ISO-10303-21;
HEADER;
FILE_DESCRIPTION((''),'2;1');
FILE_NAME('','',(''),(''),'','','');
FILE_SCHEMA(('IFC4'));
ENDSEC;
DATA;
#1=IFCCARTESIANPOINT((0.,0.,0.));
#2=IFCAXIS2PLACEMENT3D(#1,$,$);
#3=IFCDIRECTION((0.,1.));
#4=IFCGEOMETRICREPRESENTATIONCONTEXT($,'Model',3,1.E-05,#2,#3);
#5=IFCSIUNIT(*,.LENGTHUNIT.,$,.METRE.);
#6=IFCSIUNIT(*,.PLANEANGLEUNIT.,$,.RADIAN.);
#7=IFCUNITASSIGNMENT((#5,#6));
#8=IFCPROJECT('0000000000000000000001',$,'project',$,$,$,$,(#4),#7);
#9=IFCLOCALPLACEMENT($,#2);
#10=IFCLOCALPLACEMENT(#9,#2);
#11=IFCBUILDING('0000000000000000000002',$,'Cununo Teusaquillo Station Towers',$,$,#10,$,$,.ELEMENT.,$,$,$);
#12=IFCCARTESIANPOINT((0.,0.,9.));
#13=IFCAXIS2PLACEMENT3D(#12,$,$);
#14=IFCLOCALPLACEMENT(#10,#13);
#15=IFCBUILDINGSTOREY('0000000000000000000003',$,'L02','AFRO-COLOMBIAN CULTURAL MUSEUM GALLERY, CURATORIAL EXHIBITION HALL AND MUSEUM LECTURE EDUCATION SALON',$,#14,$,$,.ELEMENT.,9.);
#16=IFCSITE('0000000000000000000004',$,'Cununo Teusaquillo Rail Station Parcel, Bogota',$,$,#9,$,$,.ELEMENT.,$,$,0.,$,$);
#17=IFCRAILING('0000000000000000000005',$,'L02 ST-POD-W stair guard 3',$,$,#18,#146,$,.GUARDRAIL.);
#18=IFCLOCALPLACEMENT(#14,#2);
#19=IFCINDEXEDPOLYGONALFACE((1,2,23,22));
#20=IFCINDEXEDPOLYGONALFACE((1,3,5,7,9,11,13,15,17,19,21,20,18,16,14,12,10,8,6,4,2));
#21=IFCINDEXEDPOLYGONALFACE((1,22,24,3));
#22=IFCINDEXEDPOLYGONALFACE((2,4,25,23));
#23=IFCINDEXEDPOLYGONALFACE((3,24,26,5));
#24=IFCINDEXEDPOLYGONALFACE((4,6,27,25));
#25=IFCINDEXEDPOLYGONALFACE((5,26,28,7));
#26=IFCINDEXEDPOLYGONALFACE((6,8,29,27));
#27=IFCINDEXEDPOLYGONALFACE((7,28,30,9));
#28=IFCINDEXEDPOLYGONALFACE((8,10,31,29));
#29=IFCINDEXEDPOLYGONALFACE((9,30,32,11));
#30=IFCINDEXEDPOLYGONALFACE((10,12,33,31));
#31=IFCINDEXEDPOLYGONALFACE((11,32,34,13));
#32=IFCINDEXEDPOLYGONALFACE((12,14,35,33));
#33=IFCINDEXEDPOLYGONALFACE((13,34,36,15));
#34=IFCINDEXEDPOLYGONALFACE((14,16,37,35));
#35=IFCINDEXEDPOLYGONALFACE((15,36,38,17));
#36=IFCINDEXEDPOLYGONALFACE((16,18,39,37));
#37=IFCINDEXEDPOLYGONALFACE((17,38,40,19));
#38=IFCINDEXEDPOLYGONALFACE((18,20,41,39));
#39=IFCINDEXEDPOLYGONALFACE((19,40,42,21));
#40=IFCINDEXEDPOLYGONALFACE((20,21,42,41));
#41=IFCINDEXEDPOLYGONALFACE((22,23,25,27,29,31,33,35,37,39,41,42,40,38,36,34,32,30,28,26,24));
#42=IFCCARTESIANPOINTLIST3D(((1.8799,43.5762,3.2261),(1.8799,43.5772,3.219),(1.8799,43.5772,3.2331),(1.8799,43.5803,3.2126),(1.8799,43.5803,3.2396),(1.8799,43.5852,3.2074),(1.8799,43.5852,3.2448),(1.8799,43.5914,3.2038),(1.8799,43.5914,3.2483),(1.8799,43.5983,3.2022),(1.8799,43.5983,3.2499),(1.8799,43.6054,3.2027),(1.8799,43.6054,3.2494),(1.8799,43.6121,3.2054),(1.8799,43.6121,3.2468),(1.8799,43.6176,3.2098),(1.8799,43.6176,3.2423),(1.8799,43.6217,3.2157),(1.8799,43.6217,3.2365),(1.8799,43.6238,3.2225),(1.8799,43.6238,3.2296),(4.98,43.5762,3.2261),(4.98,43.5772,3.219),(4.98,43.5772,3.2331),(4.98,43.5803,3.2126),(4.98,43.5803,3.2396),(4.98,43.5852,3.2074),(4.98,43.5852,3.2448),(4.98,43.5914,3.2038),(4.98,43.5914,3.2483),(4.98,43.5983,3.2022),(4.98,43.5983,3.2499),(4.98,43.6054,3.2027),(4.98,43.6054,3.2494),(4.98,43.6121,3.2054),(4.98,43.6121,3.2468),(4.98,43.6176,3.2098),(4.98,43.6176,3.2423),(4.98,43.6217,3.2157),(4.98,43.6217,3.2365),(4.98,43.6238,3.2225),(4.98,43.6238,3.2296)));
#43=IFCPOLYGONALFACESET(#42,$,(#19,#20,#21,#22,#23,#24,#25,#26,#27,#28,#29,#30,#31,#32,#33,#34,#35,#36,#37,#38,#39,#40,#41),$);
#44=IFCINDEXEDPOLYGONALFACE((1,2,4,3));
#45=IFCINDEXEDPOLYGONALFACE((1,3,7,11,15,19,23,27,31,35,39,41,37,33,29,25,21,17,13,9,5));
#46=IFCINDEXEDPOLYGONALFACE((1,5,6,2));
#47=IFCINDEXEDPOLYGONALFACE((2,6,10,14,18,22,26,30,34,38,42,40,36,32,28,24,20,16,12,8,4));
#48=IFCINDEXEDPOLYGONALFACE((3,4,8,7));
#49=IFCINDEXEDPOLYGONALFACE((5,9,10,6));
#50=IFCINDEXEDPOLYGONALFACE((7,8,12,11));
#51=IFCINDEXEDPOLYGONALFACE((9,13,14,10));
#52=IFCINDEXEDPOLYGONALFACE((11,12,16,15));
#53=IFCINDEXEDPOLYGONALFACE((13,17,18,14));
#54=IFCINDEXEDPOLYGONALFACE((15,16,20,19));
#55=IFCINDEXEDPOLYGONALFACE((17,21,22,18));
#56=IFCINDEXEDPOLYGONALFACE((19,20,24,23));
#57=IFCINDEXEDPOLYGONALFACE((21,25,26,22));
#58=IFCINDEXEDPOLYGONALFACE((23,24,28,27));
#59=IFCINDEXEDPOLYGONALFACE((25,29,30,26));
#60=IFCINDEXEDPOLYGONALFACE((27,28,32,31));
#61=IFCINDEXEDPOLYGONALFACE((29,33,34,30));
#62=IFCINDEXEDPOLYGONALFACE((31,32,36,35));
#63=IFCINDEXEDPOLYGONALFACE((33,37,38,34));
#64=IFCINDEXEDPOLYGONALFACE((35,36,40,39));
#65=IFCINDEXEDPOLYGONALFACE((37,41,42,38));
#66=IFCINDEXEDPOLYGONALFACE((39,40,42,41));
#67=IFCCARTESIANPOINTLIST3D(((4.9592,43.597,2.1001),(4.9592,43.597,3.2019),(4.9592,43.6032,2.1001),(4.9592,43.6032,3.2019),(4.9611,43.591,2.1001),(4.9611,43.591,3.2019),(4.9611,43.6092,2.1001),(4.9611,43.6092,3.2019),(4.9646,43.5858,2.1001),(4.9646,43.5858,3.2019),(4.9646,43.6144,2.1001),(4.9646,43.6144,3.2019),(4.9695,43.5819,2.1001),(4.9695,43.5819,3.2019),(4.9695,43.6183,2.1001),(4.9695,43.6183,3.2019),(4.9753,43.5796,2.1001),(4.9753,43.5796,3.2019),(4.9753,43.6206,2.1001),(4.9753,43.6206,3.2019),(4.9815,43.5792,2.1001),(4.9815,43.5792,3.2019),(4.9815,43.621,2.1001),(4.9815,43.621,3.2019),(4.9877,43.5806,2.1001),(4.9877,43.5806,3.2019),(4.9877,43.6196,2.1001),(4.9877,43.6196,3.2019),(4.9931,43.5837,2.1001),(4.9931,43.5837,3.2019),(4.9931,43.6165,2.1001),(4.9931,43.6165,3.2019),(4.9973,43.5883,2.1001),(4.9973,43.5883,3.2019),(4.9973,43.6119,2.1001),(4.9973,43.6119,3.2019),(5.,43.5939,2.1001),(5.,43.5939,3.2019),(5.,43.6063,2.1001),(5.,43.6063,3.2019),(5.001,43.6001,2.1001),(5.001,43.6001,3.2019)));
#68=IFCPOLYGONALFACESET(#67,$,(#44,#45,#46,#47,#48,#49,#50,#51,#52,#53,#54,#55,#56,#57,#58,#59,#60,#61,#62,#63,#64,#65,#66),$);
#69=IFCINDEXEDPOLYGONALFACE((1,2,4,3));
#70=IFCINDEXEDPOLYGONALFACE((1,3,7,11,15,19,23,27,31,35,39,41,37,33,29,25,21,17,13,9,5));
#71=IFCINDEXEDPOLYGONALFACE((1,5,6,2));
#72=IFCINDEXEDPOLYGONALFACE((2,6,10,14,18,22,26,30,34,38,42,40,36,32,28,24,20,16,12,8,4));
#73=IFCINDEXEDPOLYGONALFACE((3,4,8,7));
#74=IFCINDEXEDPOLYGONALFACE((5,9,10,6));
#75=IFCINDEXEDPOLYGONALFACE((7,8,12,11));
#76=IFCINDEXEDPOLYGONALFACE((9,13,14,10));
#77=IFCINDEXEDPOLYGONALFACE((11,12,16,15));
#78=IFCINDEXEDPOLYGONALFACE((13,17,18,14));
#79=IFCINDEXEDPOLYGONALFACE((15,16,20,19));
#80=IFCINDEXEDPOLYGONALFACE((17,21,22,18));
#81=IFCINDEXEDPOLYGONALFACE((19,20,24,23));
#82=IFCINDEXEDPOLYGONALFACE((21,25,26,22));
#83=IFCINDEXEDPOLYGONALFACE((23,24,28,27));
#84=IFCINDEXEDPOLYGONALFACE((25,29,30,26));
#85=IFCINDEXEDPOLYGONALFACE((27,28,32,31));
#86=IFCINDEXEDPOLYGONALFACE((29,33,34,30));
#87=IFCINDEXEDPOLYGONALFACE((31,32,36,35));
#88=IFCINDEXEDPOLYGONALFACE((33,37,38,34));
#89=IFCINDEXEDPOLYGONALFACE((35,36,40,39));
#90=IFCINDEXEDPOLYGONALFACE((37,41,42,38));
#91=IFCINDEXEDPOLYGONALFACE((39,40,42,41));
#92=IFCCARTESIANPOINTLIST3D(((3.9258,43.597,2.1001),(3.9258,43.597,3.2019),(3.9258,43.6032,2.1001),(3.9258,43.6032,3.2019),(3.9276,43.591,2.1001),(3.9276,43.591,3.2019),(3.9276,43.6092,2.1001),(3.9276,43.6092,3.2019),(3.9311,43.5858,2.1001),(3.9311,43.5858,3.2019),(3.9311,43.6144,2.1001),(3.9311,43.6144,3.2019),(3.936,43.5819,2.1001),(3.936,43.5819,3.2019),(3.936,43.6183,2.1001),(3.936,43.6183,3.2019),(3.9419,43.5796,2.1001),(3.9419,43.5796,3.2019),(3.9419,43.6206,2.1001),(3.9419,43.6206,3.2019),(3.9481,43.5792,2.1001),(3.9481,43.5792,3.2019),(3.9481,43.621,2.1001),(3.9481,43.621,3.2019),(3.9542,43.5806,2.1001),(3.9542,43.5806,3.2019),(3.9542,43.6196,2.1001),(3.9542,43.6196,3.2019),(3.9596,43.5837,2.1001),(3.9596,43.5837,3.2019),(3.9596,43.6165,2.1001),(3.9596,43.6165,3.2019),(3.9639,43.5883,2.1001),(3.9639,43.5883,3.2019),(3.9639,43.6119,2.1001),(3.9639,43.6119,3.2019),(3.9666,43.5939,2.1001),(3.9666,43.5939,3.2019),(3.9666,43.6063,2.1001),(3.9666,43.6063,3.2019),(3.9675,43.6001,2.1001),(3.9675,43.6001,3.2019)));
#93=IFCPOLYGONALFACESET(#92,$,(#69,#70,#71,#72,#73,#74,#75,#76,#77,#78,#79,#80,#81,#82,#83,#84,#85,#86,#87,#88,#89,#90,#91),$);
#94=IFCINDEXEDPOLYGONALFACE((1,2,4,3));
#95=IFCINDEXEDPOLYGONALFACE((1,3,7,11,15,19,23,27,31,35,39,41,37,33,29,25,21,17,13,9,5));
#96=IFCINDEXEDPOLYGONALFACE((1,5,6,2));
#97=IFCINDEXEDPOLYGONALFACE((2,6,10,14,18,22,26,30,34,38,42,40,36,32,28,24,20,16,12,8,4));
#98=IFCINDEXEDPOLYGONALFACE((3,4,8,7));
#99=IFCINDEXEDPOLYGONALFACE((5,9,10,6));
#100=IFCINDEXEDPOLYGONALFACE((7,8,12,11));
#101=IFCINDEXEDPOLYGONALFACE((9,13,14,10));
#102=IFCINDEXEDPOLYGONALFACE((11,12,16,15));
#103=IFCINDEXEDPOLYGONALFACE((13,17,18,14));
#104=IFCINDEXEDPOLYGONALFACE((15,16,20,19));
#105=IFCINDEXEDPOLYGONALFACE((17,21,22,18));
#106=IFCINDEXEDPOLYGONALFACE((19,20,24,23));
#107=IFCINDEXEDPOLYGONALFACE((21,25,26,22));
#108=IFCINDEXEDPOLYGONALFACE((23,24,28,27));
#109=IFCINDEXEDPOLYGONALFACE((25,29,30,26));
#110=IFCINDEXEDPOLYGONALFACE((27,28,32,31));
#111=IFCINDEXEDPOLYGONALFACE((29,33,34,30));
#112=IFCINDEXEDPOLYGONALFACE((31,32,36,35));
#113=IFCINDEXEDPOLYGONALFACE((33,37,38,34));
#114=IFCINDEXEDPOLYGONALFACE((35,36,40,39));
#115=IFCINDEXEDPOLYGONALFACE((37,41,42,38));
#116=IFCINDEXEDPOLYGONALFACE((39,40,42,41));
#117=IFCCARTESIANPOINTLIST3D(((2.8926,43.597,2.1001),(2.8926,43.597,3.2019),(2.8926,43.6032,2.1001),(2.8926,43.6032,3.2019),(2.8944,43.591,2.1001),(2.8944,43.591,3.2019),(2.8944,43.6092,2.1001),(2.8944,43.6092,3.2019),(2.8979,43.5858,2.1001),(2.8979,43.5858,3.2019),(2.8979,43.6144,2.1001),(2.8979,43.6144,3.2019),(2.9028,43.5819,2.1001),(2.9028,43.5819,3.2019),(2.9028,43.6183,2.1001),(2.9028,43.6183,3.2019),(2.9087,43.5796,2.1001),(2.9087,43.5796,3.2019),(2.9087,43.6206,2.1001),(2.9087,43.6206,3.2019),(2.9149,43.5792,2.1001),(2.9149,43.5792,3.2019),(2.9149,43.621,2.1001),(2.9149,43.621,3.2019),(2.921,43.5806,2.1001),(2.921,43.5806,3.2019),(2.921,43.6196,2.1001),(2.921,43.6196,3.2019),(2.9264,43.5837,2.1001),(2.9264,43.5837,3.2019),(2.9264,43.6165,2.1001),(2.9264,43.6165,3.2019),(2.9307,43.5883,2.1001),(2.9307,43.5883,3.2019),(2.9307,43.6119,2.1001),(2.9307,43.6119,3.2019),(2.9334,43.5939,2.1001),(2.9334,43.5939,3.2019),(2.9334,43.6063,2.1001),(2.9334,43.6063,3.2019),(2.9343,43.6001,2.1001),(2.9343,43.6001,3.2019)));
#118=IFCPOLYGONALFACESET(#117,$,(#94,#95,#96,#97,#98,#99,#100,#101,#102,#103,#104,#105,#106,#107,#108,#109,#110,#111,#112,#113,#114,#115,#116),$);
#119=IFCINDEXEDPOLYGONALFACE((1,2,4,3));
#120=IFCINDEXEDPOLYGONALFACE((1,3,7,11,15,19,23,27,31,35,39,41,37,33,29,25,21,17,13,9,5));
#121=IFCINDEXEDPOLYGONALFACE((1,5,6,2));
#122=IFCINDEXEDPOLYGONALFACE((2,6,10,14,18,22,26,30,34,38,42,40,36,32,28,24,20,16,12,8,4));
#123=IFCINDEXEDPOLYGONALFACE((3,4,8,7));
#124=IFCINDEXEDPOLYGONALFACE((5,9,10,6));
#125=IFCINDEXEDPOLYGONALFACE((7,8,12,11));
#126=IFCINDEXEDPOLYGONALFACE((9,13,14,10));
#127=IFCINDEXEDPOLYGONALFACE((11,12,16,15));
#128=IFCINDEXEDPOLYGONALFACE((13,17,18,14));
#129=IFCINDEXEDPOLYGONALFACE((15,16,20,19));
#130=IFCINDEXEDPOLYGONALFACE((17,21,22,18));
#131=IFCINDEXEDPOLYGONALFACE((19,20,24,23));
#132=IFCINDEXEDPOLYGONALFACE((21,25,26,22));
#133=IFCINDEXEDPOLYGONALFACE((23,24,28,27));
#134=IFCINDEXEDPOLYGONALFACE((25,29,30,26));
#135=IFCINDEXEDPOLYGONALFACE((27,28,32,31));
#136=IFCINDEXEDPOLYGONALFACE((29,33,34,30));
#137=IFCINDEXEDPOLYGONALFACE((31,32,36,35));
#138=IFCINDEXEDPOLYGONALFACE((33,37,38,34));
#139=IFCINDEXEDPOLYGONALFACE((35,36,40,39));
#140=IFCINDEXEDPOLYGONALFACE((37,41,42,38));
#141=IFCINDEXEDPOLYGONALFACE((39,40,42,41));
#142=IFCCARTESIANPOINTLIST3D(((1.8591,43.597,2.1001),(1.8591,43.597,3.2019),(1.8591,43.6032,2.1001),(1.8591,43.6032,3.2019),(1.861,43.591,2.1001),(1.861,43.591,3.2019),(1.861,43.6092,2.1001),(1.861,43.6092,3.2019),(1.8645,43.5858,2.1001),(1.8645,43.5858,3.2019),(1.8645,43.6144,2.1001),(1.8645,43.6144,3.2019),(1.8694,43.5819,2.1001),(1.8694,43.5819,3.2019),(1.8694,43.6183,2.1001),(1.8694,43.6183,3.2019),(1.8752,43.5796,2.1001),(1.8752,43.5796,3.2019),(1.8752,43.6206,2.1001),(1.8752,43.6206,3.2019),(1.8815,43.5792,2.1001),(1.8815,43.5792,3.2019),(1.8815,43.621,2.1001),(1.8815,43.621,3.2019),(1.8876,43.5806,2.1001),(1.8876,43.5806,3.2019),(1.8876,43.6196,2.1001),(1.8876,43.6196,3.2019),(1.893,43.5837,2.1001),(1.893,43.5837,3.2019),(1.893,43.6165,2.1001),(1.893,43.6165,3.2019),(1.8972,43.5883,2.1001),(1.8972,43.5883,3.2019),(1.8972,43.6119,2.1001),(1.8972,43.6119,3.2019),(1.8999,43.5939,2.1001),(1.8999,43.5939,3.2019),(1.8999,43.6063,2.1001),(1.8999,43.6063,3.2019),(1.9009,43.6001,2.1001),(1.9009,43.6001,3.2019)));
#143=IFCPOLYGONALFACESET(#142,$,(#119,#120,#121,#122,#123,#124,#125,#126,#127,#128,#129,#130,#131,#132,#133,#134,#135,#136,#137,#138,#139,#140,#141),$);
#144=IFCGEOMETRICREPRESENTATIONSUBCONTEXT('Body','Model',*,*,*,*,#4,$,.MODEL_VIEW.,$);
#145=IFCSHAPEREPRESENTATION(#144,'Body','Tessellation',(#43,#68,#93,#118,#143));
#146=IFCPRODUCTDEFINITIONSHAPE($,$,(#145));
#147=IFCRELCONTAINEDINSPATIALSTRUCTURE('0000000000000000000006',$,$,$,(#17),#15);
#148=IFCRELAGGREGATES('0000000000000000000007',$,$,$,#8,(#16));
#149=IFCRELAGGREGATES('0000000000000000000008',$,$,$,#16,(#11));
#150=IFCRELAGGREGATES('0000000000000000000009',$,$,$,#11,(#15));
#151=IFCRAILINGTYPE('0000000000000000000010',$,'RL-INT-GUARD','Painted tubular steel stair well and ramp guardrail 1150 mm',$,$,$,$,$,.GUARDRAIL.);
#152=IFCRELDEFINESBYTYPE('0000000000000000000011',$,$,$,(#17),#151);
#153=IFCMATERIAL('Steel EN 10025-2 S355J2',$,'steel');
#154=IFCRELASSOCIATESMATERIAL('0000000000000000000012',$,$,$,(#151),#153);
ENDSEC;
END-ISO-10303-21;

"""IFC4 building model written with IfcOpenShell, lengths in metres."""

from ifc_helpers import new_model, si_unit, direction, frame, origin, origin_2d, place, context, subcontext, project, spatial, circle, extrude, material, type_object, element, save


model = new_model("IFC4")

# Units and contexts
model_context = context("Model", 3, precision=1e-05, world=origin(), true_north=direction((0.0, 1.0)))
body_context = subcontext(model_context, "Body", "Model", "MODEL_VIEW")
ifc_project = project(units=[si_unit("LENGTHUNIT", "METRE"), si_unit("PLANEANGLEUNIT", "RADIAN")], contexts=[model_context])

# Site, building, storey
site_placement = place(None, origin())
site = spatial("IfcSite", under=ifc_project, at=site_placement, Name="Cununo Teusaquillo Rail Station Parcel, Bogota", CompositionType="ELEMENT", RefElevation=0.0)
building_placement = place(site_placement, origin())
building = spatial("IfcBuilding", under=site, at=building_placement, Name="Cununo Teusaquillo Station Towers", CompositionType="ELEMENT")
storey_placement = place(building_placement, frame((0.0, 0.0, 9.0)))
storey = spatial("IfcBuildingStorey", under=building, at=storey_placement, Name="L02", Description="AFRO-COLOMBIAN CULTURAL MUSEUM GALLERY, CURATORIAL EXHIBITION HALL AND MUSEUM LECTURE EDUCATION SALON", CompositionType="ELEMENT", Elevation=9.0)

# Railing
ifc_material_1 = material(Name="Steel EN 10025-2 S355J2", Category="steel")
railing_type_1 = type_object("IfcRailingType", Name="RL-INT-GUARD", Description="Painted tubular steel stair well and ramp guardrail 1150 mm", PredefinedType="GUARDRAIL", material=ifc_material_1)
railing_1_placement = place(storey_placement, frame((4.98, 43.6001, 2.1001)))
element("IfcRailing", 1, at=railing_1_placement, inside=storey, type_object=railing_type_1, Name="L02 ST-POD-W stair guard 3", PredefinedType="GUARDRAIL", context=body_context, shape_type="SweptSolid", body=[
    extrude(circle(Radius=0.0239, at=origin_2d()), frame((0.0, 0.0, 1.126), z_axis=(-1.0, 0.0, 0.0), x_axis=(0.0, -1.0, 0.0)), (0.0, 0.0, 1.0), 3.1001),
    extrude(circle(Radius=0.021, at=origin_2d()), origin(), (0.0, 0.0, 1.0), 1.1018),
    extrude(circle(Radius=0.021, at=origin_2d()), frame((-1.0334, 0.0, 0.0)), (0.0, 0.0, 1.0), 1.1018),
    extrude(circle(Radius=0.021, at=origin_2d()), frame((-2.0667, 0.0, 0.0)), (0.0, 0.0, 1.0), 1.1018),
    extrude(circle(Radius=0.021, at=origin_2d()), frame((-3.1001, 0.0, 0.0)), (0.0, 0.0, 1.0), 1.1018),
])

save(model, "model.ifc")
